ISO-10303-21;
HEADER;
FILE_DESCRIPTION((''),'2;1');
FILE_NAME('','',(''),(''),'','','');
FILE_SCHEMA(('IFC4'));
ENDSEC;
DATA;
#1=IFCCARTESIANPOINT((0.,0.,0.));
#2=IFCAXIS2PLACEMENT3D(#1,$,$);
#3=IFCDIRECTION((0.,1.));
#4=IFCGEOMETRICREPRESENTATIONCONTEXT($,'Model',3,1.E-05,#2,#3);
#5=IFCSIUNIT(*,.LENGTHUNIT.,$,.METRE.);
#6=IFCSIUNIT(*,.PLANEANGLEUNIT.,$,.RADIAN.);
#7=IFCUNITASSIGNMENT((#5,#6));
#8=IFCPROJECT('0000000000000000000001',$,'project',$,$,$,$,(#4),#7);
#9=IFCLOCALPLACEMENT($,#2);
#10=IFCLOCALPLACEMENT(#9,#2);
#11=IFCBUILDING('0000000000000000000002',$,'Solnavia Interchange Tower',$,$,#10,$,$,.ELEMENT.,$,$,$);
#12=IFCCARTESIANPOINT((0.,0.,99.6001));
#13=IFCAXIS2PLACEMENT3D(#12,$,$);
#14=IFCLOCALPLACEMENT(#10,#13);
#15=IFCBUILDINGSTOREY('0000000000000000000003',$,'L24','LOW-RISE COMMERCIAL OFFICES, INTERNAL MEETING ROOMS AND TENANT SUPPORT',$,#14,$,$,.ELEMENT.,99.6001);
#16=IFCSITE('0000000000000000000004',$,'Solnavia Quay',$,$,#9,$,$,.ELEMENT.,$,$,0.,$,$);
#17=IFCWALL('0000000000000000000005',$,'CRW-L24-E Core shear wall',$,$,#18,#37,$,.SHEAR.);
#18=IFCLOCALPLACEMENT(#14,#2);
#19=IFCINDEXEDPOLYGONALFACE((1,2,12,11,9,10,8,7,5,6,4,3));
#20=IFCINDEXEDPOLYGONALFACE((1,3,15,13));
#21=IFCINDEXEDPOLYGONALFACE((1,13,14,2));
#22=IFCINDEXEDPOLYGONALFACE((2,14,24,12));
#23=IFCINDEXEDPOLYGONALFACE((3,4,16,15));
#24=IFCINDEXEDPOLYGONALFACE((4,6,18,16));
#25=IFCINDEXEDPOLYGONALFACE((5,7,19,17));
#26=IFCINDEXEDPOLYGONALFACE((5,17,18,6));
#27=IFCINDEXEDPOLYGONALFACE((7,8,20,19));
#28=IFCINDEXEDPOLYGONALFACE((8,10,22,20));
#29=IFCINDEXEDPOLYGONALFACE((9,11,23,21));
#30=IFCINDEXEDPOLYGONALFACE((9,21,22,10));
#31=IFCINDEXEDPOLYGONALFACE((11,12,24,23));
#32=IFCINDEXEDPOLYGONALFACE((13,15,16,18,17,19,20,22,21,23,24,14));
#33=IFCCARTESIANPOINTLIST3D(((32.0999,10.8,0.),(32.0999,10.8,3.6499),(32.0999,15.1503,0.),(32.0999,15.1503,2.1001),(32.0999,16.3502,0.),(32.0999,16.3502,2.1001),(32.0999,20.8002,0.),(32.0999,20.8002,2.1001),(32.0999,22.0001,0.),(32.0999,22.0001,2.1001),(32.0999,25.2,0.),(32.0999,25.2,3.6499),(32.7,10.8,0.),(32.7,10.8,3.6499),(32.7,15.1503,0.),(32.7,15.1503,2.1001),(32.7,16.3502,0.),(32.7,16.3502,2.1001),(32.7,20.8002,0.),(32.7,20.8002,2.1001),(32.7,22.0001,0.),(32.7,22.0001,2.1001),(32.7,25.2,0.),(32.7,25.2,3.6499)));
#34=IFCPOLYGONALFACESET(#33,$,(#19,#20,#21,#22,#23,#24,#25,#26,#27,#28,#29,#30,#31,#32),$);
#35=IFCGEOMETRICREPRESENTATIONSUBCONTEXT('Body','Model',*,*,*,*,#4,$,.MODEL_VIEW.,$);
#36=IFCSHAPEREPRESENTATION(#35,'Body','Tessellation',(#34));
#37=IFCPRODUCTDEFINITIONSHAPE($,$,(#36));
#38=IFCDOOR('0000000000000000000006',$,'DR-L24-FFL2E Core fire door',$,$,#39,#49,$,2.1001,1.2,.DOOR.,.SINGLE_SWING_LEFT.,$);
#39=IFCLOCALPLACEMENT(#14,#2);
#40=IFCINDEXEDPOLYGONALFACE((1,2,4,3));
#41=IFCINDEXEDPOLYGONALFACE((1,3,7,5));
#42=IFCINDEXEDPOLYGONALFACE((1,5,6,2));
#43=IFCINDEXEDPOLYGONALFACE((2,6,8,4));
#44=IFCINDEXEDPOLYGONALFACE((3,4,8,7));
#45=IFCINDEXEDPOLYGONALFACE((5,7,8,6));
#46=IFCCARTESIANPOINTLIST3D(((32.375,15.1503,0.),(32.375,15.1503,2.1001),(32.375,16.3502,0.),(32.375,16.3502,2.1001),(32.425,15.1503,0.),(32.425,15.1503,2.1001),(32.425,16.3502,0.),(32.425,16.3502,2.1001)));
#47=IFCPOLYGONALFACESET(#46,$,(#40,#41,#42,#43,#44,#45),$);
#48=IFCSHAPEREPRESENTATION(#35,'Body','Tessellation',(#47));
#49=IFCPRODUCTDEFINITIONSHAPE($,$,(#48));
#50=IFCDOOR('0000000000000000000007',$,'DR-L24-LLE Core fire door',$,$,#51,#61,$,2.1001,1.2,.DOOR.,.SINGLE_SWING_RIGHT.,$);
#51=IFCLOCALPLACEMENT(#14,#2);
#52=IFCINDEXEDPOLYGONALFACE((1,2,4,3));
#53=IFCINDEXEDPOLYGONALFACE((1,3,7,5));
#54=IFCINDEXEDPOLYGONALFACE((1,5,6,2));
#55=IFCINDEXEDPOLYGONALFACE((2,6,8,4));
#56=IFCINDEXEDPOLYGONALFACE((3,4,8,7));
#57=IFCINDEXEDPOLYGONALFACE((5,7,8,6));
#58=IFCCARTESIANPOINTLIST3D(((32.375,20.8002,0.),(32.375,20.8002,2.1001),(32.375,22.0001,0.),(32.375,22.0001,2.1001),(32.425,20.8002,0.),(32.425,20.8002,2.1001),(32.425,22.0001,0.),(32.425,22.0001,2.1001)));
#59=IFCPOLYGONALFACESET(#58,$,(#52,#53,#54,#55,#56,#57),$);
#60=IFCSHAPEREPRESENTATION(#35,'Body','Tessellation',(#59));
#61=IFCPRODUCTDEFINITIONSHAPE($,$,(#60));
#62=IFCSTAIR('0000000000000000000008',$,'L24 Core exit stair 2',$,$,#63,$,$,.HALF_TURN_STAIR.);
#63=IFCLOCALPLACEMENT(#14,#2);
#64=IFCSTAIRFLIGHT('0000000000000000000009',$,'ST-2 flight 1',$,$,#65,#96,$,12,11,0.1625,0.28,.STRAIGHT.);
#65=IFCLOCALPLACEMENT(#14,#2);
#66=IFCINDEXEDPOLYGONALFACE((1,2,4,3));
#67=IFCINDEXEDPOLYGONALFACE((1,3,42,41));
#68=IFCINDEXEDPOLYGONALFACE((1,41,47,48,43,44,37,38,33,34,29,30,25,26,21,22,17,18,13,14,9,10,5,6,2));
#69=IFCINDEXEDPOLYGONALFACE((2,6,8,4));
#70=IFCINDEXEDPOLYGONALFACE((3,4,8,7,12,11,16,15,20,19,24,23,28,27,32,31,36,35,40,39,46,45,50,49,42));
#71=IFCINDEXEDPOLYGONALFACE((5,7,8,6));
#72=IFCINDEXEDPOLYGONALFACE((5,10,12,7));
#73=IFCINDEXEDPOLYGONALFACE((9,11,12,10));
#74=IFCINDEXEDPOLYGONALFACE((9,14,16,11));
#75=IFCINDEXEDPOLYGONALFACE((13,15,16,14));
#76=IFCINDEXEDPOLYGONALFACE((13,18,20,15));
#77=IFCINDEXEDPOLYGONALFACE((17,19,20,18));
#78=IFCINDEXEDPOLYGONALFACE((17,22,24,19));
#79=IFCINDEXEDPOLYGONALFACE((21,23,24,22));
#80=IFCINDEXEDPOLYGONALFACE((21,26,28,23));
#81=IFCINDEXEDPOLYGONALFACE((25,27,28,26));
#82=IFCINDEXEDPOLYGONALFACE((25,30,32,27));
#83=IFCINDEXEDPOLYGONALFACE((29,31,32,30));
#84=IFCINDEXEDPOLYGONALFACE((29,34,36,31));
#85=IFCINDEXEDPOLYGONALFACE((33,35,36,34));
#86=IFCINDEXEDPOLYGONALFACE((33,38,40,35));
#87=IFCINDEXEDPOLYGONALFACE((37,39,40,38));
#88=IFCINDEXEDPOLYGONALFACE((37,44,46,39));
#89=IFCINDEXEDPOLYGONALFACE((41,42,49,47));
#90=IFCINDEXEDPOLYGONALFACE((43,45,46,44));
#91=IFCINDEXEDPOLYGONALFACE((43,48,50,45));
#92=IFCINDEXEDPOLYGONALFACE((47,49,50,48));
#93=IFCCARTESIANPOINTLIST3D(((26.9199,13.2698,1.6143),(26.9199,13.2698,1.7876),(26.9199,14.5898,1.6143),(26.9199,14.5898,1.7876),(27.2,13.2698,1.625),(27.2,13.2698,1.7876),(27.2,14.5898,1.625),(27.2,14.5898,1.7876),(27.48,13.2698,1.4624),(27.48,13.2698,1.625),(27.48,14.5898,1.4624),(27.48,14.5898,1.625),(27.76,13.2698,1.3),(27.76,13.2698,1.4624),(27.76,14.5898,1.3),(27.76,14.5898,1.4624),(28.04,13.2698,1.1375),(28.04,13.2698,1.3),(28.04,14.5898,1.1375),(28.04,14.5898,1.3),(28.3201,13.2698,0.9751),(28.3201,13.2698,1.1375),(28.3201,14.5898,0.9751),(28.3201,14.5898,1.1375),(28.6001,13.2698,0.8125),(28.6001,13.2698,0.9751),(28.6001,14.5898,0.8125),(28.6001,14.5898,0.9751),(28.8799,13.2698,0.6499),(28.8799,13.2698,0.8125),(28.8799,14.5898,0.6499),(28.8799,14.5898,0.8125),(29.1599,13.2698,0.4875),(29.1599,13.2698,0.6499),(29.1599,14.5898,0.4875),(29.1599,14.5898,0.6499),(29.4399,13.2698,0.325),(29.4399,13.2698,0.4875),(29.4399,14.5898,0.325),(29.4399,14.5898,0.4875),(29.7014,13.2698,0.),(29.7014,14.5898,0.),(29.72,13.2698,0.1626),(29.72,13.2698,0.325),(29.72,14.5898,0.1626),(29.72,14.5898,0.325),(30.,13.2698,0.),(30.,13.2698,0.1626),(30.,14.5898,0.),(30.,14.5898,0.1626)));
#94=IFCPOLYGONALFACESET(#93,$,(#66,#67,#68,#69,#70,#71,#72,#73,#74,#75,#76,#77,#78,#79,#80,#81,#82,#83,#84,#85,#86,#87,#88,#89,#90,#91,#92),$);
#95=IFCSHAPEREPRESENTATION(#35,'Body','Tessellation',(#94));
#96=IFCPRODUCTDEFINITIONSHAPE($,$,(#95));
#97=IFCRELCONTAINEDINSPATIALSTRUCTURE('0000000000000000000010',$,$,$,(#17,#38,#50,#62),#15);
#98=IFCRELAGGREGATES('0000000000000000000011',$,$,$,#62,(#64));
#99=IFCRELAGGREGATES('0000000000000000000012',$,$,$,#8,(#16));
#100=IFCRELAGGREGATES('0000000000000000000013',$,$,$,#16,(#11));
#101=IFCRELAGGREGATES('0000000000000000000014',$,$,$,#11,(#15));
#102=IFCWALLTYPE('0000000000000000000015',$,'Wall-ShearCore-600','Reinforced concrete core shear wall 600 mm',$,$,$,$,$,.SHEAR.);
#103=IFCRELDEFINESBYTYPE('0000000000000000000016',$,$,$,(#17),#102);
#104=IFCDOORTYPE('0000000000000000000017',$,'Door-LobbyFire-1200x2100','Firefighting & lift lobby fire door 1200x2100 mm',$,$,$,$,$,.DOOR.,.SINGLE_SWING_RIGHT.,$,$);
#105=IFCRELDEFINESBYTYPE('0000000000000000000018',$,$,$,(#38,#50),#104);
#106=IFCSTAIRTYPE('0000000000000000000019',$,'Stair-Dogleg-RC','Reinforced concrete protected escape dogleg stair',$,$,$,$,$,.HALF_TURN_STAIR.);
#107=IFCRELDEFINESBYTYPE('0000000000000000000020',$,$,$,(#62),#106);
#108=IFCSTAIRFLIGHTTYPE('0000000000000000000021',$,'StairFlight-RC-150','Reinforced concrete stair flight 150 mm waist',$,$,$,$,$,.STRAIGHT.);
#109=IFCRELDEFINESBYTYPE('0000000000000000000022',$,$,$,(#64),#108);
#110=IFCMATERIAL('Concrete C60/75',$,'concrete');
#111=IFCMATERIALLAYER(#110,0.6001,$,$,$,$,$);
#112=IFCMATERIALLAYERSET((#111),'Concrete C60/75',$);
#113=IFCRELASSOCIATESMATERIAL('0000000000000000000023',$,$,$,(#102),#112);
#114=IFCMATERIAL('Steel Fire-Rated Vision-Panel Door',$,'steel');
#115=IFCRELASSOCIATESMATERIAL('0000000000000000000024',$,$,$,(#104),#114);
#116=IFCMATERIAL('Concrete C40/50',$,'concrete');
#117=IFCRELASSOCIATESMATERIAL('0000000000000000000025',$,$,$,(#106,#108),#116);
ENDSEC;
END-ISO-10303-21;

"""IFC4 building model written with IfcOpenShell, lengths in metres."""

from ifc_helpers import new_model, si_unit, direction, frame, frame_2d, origin, place, context, subcontext, project, spatial, polyline, rectangle, outline, extrude, material, layer, layer_set, type_object, element, fill, aggregate, save


model = new_model("IFC4")

# Units and contexts
model_context = context("Model", 3, precision=1e-05, world=origin(), true_north=direction((0.0, 1.0)))
body_context = subcontext(model_context, "Body", "Model", "MODEL_VIEW")
ifc_project = project(units=[si_unit("LENGTHUNIT", "METRE"), si_unit("PLANEANGLEUNIT", "RADIAN")], contexts=[model_context])

# Site, building, storey
site_placement = place(None, origin())
site = spatial("IfcSite", under=ifc_project, at=site_placement, Name="Solnavia Quay", CompositionType="ELEMENT", RefElevation=0.0)
building_placement = place(site_placement, origin())
building = spatial("IfcBuilding", under=site, at=building_placement, Name="Solnavia Interchange Tower", CompositionType="ELEMENT")
storey_placement = place(building_placement, frame((0.0, 0.0, 99.6001)))
storey = spatial("IfcBuildingStorey", under=building, at=storey_placement, Name="L24", Description="LOW-RISE COMMERCIAL OFFICES, INTERNAL MEETING ROOMS AND TENANT SUPPORT", CompositionType="ELEMENT", Elevation=99.6001)

# Shared definitions
ifc_material_1 = material(Name="Concrete C40/50", Category="concrete")

# Wall, openings, doors
ifc_material_2 = material(Name="Concrete C60/75", Category="concrete")
ifc_layer_1 = layer(ifc_material_2, 0.6001)
ifc_layer_set_1 = layer_set([ifc_layer_1], Name="Concrete C60/75")
wall_type_1 = type_object("IfcWallType", Name="Wall-ShearCore-600", Description="Reinforced concrete core shear wall 600 mm", PredefinedType="SHEAR", material=ifc_layer_set_1)
wall_1_placement = place(storey_placement, frame((32.3999, 10.8, 0.0), z_axis=(0.0, 0.0, 1.0), x_axis=(0.0, 1.0, 0.0)))
wall_1 = element("IfcWall", 1, at=wall_1_placement, inside=storey, type_object=wall_type_1, Name="CRW-L24-E Core shear wall", PredefinedType="SHEAR", context=body_context, shape_type="SweptSolid", body=[
    extrude(rectangle(XDim=14.3999, YDim=0.6001, at=frame_2d((7.2, 0.0))), origin(), (0.0, 0.0, 1.0), 3.6499),
])
opening_1_placement = place(wall_1_placement, frame((4.3501, 0.0, 0.0)))
opening_1 = element("IfcOpeningElement", 2, at=opening_1_placement, cuts=wall_1, PredefinedType="OPENING", context=body_context, shape_type="SweptSolid", body=[
    extrude(rectangle(XDim=1.2, YDim=2.1001, at=frame_2d((0.6001, 1.05))), frame((0.0, 0.3101, 0.0), z_axis=(0.0, -1.0, 0.0), x_axis=(1.0, 0.0, 0.0)), (0.0, 0.0, 1.0), 0.6201),
])
opening_2_placement = place(wall_1_placement, frame((10.0, 0.0, 0.0)))
opening_2 = element("IfcOpeningElement", 3, at=opening_2_placement, cuts=wall_1, PredefinedType="OPENING", context=body_context, shape_type="SweptSolid", body=[
    extrude(rectangle(XDim=1.2, YDim=2.1001, at=frame_2d((0.6001, 1.05))), frame((0.0, 0.3101, 0.0), z_axis=(0.0, -1.0, 0.0), x_axis=(1.0, 0.0, 0.0)), (0.0, 0.0, 1.0), 0.6201),
])
ifc_material_3 = material(Name="Steel Fire-Rated Vision-Panel Door", Category="steel")
door_type_1 = type_object("IfcDoorType", Name="Door-LobbyFire-1200x2100", Description="Firefighting & lift lobby fire door 1200x2100 mm", OperationType="SINGLE_SWING_RIGHT", PredefinedType="DOOR", material=ifc_material_3)
door_1_placement = place(opening_1_placement, origin())
door_1 = element("IfcDoor", 4, at=door_1_placement, inside=storey, type_object=door_type_1, Name="DR-L24-FFL2E Core fire door", OperationType="SINGLE_SWING_LEFT", OverallHeight=2.1001, OverallWidth=1.2, PredefinedType="DOOR", context=body_context, shape_type="SweptSolid", body=[
    extrude(rectangle(XDim=1.2, YDim=2.1001, at=frame_2d((0.6001, 1.05))), frame((0.0, 0.0249, 0.0), z_axis=(0.0, -1.0, 0.0), x_axis=(1.0, 0.0, 0.0)), (0.0, 0.0, 1.0), 0.05),
])
fill(opening_1, door_1)
door_2_placement = place(opening_2_placement, origin())
door_2 = element("IfcDoor", 5, at=door_2_placement, inside=storey, type_object=door_type_1, Name="DR-L24-LLE Core fire door", OperationType="SINGLE_SWING_RIGHT", OverallHeight=2.1001, OverallWidth=1.2, PredefinedType="DOOR", context=body_context, shape_type="SweptSolid", body=[
    extrude(rectangle(XDim=1.2, YDim=2.1001, at=frame_2d((0.6001, 1.05))), frame((0.0, 0.0249, 0.0), z_axis=(0.0, -1.0, 0.0), x_axis=(1.0, 0.0, 0.0)), (0.0, 0.0, 1.0), 0.05),
])
fill(opening_2, door_2)

# Stair, stair flight
stair_type = type_object("IfcStairType", Name="Stair-Dogleg-RC", Description="Reinforced concrete protected escape dogleg stair", PredefinedType="HALF_TURN_STAIR", material=ifc_material_1)
stair_placement = place(storey_placement, origin())
stair = element("IfcStair", 6, at=stair_placement, inside=storey, type_object=stair_type, Name="L24 Core exit stair 2", PredefinedType="HALF_TURN_STAIR")
stair_flight_type = type_object("IfcStairFlightType", Name="StairFlight-RC-150", Description="Reinforced concrete stair flight 150 mm waist", PredefinedType="STRAIGHT", material=ifc_material_1)
stair_flight_placement = place(storey_placement, frame((30.0, 13.9299, 0.0), z_axis=(0.0, 0.0, 1.0), x_axis=(-1.0, 0.0, 0.0)))
stair_flight = element("IfcStairFlight", 7, at=stair_flight_placement, type_object=stair_flight_type, Name="ST-2 flight 1", NumberOfRisers=12, NumberOfTreads=11, PredefinedType="STRAIGHT", RiserHeight=0.1625, TreadLength=0.28, context=body_context, shape_type="SweptSolid", body=[
    extrude(outline(polyline([(0.0, 0.0), (0.0, 0.1626), (0.28, 0.1626), (0.28, 0.325), (0.5601, 0.325), (0.5601, 0.4875), (0.8401, 0.4875), (0.8401, 0.6499), (1.1201, 0.6499), (1.1201, 0.8125), (1.3999, 0.8125), (1.3999, 0.9751), (1.6799, 0.9751), (1.6799, 1.1375), (1.96, 1.1375), (1.96, 1.3), (2.24, 1.3), (2.24, 1.4624), (2.52, 1.4624), (2.52, 1.625), (2.8, 1.625), (2.8, 1.7876), (3.0801, 1.7876), (3.0801, 1.95), (3.0801, 1.6143), (0.2986, 0.0), (0.0, 0.0)])), frame((0.0, 0.6602, 0.0), z_axis=(0.0, -1.0, 0.0), x_axis=(1.0, 0.0, 0.0)), (0.0, 0.0, 1.0), 1.3201),
])
aggregate(stair, [stair_flight])

save(model, "model.ifc")
